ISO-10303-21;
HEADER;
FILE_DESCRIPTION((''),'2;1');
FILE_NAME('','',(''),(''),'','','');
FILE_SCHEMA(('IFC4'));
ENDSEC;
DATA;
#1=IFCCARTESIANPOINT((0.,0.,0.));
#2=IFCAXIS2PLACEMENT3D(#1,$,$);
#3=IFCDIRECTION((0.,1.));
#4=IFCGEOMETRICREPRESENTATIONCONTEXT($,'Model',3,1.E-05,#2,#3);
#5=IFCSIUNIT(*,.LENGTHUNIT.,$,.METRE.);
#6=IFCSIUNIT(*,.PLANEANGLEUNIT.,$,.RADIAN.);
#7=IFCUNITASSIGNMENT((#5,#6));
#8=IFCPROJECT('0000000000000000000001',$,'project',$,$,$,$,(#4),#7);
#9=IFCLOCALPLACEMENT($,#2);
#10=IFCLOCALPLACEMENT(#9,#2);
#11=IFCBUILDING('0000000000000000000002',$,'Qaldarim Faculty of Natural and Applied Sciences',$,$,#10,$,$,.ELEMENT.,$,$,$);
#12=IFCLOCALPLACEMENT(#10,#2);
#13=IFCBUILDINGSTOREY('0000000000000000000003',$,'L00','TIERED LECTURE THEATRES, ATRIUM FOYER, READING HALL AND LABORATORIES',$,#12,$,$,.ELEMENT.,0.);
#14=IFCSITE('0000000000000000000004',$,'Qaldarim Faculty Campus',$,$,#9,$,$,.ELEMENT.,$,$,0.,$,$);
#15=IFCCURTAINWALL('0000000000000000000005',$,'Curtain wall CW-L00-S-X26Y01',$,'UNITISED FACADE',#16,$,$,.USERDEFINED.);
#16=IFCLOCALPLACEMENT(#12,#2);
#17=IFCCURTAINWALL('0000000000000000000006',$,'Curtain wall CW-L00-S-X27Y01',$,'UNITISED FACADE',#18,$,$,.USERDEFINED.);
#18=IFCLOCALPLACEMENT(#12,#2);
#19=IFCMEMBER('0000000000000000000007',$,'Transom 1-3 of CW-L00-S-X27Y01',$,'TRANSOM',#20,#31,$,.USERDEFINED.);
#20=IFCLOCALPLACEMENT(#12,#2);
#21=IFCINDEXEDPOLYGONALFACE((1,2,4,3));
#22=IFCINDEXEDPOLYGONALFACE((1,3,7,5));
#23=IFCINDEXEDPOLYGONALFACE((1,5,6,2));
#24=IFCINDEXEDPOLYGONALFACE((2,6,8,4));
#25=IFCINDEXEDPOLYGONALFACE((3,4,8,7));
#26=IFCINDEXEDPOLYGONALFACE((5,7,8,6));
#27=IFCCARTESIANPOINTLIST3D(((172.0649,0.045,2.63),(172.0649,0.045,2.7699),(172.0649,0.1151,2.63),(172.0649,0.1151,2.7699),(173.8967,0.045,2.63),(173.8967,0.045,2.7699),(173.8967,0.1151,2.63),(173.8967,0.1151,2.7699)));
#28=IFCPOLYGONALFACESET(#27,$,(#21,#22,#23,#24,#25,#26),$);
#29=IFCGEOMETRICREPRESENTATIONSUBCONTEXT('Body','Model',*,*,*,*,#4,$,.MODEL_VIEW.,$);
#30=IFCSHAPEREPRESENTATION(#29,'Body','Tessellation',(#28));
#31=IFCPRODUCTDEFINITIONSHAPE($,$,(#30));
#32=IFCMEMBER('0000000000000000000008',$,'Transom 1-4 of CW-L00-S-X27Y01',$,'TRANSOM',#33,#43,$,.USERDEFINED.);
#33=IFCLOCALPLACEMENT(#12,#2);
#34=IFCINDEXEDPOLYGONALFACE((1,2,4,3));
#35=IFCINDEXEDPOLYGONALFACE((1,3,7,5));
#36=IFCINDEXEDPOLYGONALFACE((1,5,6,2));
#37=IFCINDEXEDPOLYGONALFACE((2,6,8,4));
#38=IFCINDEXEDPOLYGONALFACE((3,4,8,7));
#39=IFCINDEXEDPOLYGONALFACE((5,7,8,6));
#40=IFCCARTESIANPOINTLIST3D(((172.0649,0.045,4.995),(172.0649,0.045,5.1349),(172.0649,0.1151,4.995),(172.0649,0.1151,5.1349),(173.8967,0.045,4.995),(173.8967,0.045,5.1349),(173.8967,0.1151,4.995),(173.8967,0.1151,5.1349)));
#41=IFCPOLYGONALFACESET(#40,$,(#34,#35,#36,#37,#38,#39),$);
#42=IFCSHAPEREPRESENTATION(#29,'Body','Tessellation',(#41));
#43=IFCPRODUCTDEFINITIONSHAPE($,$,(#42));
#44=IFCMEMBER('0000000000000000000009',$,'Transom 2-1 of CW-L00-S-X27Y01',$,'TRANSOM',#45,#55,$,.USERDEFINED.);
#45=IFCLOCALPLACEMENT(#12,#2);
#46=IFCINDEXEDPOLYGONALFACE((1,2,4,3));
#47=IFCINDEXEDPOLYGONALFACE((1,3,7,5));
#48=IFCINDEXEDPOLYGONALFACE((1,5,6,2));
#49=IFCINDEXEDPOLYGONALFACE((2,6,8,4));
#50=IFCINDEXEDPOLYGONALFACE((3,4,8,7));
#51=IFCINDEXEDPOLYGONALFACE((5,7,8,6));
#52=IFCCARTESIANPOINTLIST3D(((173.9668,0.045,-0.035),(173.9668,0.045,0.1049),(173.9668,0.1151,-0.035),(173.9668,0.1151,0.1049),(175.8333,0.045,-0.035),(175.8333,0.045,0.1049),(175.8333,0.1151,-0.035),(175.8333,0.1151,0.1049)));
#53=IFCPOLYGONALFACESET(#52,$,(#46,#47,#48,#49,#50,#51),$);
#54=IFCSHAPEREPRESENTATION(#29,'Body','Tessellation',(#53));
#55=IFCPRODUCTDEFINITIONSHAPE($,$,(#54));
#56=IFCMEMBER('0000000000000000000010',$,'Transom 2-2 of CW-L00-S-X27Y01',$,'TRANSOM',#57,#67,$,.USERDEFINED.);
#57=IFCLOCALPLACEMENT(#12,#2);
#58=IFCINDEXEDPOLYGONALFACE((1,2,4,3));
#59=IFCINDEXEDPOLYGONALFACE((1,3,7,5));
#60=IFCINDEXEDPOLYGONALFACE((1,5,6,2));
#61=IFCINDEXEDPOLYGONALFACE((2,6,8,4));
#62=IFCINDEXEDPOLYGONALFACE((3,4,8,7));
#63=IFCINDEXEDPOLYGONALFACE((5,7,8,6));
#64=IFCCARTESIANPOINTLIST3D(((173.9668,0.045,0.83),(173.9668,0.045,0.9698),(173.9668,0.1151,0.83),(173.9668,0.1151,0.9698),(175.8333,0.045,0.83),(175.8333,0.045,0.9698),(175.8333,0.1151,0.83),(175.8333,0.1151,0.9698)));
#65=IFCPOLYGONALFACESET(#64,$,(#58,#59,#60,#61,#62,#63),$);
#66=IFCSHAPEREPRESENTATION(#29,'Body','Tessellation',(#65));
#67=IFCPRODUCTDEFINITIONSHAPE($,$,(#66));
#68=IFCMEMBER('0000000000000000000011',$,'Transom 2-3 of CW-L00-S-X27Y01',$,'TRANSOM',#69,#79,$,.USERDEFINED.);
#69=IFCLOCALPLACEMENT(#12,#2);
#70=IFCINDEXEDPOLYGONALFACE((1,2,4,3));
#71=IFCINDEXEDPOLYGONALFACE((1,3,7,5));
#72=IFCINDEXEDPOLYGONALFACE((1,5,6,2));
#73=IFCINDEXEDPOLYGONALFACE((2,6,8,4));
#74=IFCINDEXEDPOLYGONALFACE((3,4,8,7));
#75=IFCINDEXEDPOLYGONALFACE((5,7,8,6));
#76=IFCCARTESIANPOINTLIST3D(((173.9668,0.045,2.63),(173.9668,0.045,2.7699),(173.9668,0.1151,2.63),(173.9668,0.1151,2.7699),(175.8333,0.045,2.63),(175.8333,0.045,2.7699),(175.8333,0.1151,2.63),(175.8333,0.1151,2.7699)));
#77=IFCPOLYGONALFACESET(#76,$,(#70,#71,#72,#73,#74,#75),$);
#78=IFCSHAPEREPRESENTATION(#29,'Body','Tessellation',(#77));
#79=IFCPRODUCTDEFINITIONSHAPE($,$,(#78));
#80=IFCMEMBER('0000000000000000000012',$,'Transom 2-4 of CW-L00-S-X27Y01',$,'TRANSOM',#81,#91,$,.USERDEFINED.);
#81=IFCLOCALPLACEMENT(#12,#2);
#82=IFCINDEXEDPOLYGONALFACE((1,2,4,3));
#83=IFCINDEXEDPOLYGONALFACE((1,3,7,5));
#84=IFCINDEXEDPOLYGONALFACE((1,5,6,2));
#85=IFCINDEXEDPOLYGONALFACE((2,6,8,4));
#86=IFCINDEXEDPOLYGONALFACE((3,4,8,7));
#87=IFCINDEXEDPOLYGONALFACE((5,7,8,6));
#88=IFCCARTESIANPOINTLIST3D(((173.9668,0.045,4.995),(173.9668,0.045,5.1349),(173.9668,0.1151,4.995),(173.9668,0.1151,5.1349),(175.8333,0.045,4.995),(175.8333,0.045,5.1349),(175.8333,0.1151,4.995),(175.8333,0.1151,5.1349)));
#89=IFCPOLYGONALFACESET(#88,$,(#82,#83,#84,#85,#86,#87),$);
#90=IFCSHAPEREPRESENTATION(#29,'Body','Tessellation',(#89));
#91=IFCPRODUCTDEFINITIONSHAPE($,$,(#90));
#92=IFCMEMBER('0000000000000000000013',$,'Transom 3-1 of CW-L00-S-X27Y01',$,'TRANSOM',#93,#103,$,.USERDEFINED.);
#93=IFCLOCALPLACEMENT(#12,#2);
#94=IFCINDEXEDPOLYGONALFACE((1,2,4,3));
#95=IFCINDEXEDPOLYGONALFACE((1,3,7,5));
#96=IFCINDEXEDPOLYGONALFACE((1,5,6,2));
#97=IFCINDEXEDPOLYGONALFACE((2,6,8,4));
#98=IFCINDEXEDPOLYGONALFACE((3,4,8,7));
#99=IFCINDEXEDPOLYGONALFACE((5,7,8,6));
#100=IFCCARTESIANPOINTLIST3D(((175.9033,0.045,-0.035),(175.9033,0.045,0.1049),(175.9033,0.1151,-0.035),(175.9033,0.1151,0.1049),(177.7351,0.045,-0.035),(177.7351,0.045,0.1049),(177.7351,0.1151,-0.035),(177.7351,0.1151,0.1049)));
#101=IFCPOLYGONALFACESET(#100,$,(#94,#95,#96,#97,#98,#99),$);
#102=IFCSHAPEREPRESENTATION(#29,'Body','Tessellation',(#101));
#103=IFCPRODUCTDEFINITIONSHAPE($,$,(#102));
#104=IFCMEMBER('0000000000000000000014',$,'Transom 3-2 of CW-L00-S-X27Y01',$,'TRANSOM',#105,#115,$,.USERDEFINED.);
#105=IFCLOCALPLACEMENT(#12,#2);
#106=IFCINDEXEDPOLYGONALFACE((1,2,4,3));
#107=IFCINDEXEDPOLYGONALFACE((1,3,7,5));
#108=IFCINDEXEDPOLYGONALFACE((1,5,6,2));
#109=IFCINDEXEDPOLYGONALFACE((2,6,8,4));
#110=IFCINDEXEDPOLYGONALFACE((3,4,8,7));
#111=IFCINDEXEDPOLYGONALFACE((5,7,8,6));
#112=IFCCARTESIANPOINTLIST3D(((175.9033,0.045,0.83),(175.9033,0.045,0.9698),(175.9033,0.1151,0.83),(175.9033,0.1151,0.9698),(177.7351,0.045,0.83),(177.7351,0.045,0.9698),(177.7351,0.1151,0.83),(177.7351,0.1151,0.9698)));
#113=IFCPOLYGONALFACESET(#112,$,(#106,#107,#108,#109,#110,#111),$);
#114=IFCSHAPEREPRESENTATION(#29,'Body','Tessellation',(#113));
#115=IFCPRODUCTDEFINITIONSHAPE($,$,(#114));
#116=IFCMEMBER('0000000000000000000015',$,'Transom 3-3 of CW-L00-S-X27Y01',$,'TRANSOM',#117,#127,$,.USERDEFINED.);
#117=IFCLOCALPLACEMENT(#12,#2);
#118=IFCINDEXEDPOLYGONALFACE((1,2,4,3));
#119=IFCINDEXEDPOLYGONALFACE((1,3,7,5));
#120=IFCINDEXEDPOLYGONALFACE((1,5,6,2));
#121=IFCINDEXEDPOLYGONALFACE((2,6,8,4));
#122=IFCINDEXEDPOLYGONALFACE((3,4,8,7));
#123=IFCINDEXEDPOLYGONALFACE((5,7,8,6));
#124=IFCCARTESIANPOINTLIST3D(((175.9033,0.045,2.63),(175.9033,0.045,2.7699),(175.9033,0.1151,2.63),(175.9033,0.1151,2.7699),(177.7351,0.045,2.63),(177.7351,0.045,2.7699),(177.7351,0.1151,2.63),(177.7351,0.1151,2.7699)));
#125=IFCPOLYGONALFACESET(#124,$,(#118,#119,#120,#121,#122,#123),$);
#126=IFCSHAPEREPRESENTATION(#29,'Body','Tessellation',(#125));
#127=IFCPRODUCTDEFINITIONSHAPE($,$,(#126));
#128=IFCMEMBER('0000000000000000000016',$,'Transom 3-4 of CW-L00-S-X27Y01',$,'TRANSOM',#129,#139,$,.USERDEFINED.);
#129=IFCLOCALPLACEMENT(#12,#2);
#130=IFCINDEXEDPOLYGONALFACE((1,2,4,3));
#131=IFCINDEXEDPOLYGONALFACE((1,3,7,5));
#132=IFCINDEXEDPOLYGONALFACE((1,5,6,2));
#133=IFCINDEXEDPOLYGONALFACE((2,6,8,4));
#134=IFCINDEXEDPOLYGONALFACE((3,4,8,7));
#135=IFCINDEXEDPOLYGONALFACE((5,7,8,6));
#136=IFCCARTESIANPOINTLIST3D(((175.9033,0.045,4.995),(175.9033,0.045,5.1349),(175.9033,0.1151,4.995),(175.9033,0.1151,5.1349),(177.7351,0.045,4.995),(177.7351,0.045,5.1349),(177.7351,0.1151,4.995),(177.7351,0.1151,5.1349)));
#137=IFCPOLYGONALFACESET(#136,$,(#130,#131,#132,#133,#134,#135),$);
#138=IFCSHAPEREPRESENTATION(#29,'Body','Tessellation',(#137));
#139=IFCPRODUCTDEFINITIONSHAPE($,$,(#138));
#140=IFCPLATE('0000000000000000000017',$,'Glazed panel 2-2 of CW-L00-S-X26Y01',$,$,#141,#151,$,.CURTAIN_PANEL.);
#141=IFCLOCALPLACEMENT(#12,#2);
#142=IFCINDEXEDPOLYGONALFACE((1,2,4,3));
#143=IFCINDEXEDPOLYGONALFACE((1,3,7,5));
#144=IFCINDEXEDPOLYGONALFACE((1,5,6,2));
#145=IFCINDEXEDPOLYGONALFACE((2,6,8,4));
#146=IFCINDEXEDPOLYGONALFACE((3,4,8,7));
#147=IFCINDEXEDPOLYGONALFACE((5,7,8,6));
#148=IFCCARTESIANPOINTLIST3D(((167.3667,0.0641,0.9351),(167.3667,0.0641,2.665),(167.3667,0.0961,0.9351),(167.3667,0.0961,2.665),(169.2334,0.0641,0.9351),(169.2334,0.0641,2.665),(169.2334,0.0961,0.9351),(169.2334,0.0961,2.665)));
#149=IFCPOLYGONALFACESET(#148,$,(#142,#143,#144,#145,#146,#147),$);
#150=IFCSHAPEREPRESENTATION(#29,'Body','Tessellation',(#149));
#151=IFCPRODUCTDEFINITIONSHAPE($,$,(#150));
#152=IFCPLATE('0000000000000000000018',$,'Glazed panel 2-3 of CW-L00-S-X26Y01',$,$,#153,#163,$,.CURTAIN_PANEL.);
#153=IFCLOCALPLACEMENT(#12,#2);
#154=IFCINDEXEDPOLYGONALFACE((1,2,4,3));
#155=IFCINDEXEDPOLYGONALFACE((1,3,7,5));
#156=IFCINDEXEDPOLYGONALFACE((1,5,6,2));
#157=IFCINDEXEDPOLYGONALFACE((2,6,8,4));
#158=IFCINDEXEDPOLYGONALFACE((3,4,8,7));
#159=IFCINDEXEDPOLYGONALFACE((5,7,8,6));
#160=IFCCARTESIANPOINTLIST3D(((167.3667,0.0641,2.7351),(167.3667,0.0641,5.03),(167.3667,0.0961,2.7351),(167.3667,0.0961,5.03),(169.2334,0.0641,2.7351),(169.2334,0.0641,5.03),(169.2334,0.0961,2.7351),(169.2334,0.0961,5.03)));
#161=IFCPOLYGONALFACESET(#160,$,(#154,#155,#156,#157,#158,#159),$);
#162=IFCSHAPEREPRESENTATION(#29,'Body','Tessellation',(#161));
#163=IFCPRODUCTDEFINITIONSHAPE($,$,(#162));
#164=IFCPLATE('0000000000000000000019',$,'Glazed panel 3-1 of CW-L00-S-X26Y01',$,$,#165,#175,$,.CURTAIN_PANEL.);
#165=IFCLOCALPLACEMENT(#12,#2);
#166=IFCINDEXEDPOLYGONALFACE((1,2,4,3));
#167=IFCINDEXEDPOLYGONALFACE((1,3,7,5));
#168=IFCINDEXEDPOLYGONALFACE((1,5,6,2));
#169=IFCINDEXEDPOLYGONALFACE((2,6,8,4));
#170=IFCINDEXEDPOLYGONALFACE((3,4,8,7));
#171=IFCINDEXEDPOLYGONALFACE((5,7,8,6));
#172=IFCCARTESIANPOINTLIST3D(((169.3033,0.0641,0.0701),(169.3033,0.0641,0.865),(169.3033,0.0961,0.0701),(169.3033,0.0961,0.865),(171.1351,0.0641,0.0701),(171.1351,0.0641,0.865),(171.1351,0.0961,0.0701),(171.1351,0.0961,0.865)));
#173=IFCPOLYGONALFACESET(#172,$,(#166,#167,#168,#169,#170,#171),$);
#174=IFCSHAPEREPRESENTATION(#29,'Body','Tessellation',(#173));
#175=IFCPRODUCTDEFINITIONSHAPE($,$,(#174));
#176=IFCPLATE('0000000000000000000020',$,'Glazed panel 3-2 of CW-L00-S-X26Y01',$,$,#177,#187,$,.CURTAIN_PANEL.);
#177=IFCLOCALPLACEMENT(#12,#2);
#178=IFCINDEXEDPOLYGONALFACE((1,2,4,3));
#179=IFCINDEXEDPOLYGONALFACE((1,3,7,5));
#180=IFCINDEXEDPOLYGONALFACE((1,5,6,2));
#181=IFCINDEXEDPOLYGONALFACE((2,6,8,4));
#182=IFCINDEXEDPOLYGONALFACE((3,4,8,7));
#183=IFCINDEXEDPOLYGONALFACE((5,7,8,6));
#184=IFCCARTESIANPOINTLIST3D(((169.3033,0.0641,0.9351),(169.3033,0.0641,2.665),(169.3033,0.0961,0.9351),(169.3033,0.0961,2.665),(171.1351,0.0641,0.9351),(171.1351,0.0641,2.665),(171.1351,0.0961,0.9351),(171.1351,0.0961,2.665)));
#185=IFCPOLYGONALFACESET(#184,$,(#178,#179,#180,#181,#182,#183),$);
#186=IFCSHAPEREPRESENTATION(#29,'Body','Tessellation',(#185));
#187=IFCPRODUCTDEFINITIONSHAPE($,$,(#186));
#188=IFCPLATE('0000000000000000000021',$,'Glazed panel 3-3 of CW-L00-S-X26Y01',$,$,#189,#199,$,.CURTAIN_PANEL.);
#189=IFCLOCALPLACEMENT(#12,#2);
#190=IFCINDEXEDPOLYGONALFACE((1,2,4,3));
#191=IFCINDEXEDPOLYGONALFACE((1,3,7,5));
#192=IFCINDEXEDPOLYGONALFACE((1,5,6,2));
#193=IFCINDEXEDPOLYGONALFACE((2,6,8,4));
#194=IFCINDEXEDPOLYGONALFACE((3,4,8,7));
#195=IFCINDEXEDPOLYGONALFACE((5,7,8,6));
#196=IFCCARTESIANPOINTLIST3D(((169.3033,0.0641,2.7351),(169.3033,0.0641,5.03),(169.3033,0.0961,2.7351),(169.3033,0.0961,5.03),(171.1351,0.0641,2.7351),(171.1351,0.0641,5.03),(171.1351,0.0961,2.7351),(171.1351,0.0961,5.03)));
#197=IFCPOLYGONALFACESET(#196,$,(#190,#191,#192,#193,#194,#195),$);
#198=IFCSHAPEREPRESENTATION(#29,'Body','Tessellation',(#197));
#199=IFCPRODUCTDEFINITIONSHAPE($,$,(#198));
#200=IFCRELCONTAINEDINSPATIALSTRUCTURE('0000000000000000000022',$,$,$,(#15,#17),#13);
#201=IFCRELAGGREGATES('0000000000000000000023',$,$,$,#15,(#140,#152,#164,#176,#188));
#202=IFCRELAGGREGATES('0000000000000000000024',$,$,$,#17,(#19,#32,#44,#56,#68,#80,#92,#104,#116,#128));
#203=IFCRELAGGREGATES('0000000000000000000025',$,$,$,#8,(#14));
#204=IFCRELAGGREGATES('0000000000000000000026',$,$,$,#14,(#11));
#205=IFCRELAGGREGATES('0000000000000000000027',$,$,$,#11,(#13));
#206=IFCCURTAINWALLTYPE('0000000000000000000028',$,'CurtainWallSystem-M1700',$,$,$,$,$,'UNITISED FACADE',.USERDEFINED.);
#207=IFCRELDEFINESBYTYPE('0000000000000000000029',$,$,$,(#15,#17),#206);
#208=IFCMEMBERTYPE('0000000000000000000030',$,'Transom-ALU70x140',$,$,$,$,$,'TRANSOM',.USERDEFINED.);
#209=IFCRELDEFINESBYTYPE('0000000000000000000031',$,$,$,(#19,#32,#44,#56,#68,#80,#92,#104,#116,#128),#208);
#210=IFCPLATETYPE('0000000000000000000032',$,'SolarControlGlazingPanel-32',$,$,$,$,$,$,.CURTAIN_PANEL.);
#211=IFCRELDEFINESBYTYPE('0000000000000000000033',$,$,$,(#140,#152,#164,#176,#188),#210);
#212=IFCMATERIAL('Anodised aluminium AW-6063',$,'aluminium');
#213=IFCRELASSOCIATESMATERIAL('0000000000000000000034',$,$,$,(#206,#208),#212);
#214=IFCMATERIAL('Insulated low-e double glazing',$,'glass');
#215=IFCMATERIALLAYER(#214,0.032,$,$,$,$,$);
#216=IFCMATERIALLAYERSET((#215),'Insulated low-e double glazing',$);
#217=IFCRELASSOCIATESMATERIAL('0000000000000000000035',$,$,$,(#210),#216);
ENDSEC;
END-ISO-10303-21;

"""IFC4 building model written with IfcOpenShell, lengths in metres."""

from ifc_helpers import new_model, si_unit, direction, frame, origin, origin_2d, place, context, subcontext, project, spatial, rectangle, extrude, material, layer, layer_set, material_profile, profile_set, type_object, element, aggregate, save


model = new_model("IFC4")

# Units and contexts
model_context = context("Model", 3, precision=1e-05, world=origin(), true_north=direction((0.0, 1.0)))
body_context = subcontext(model_context, "Body", "Model", "MODEL_VIEW")
ifc_project = project(units=[si_unit("LENGTHUNIT", "METRE"), si_unit("PLANEANGLEUNIT", "RADIAN")], contexts=[model_context])

# Site, building, storey
site_placement = place(None, origin())
site = spatial("IfcSite", under=ifc_project, at=site_placement, Name="Qaldarim Faculty Campus", CompositionType="ELEMENT", RefElevation=0.0)
building_placement = place(site_placement, origin())
building = spatial("IfcBuilding", under=site, at=building_placement, Name="Qaldarim Faculty of Natural and Applied Sciences", CompositionType="ELEMENT")
storey_placement = place(building_placement, origin())
storey = spatial("IfcBuildingStorey", under=building, at=storey_placement, Name="L00", Description="TIERED LECTURE THEATRES, ATRIUM FOYER, READING HALL AND LABORATORIES", CompositionType="ELEMENT", Elevation=0.0)

# Curtain walls
ifc_material_1 = material(Name="Anodised aluminium AW-6063", Category="aluminium")
curtain_wall_type = type_object("IfcCurtainWallType", Name="CurtainWallSystem-M1700", ElementType="UNITISED FACADE", PredefinedType="USERDEFINED", material=ifc_material_1)
curtain_wall_1_placement = place(storey_placement, origin())
curtain_wall_1 = element("IfcCurtainWall", 1, at=curtain_wall_1_placement, inside=storey, type_object=curtain_wall_type, Name="Curtain wall CW-L00-S-X26Y01", ObjectType="UNITISED FACADE", PredefinedType="USERDEFINED")
curtain_wall_2_placement = place(storey_placement, origin())
curtain_wall_2 = element("IfcCurtainWall", 2, at=curtain_wall_2_placement, inside=storey, type_object=curtain_wall_type, Name="Curtain wall CW-L00-S-X27Y01", ObjectType="UNITISED FACADE", PredefinedType="USERDEFINED")

# Members
ifc_material_profile_1 = material_profile(ifc_material_1, rectangle(XDim=0.0701, YDim=0.1399, at=origin_2d()), Name="ALU-T70x140")
ifc_profile_set_1 = profile_set([ifc_material_profile_1], Name="Anodised aluminium AW-6063")
member_type_1 = type_object("IfcMemberType", Name="Transom-ALU70x140", ElementType="TRANSOM", PredefinedType="USERDEFINED", material=ifc_profile_set_1)
member_1_placement = place(storey_placement, frame((172.0649, 0.0801, 2.7), z_axis=(1.0, 0.0, 0.0), x_axis=(0.0, 1.0, 0.0)))
member_1 = element("IfcMember", 3, at=member_1_placement, type_object=member_type_1, Name="Transom 1-3 of CW-L00-S-X27Y01", ObjectType="TRANSOM", PredefinedType="USERDEFINED", context=body_context, shape_type="SweptSolid", body=[
    extrude(rectangle(XDim=0.0701, YDim=0.1399, at=origin_2d()), origin(), (0.0, 0.0, 1.0), 1.8318),
])
member_2_placement = place(storey_placement, frame((172.0649, 0.0801, 5.0649), z_axis=(1.0, 0.0, 0.0), x_axis=(0.0, 1.0, 0.0)))
member_2 = element("IfcMember", 4, at=member_2_placement, type_object=member_type_1, Name="Transom 1-4 of CW-L00-S-X27Y01", ObjectType="TRANSOM", PredefinedType="USERDEFINED", context=body_context, shape_type="SweptSolid", body=[
    extrude(rectangle(XDim=0.0701, YDim=0.1399, at=origin_2d()), origin(), (0.0, 0.0, 1.0), 1.8318),
])
member_3_placement = place(storey_placement, frame((173.9668, 0.0801, 0.0349), z_axis=(1.0, 0.0, 0.0), x_axis=(0.0, 1.0, 0.0)))
member_3 = element("IfcMember", 5, at=member_3_placement, type_object=member_type_1, Name="Transom 2-1 of CW-L00-S-X27Y01", ObjectType="TRANSOM", PredefinedType="USERDEFINED", context=body_context, shape_type="SweptSolid", body=[
    extrude(rectangle(XDim=0.0701, YDim=0.1399, at=origin_2d()), origin(), (0.0, 0.0, 1.0), 1.8665),
])
member_4_placement = place(storey_placement, frame((173.9668, 0.0801, 0.8999), z_axis=(1.0, 0.0, 0.0), x_axis=(0.0, 1.0, 0.0)))
member_4 = element("IfcMember", 6, at=member_4_placement, type_object=member_type_1, Name="Transom 2-2 of CW-L00-S-X27Y01", ObjectType="TRANSOM", PredefinedType="USERDEFINED", context=body_context, shape_type="SweptSolid", body=[
    extrude(rectangle(XDim=0.0701, YDim=0.1399, at=origin_2d()), origin(), (0.0, 0.0, 1.0), 1.8665),
])
member_5_placement = place(storey_placement, frame((173.9668, 0.0801, 2.7), z_axis=(1.0, 0.0, 0.0), x_axis=(0.0, 1.0, 0.0)))
member_5 = element("IfcMember", 7, at=member_5_placement, type_object=member_type_1, Name="Transom 2-3 of CW-L00-S-X27Y01", ObjectType="TRANSOM", PredefinedType="USERDEFINED", context=body_context, shape_type="SweptSolid", body=[
    extrude(rectangle(XDim=0.0701, YDim=0.1399, at=origin_2d()), origin(), (0.0, 0.0, 1.0), 1.8665),
])
member_6_placement = place(storey_placement, frame((173.9668, 0.0801, 5.0649), z_axis=(1.0, 0.0, 0.0), x_axis=(0.0, 1.0, 0.0)))
member_6 = element("IfcMember", 8, at=member_6_placement, type_object=member_type_1, Name="Transom 2-4 of CW-L00-S-X27Y01", ObjectType="TRANSOM", PredefinedType="USERDEFINED", context=body_context, shape_type="SweptSolid", body=[
    extrude(rectangle(XDim=0.0701, YDim=0.1399, at=origin_2d()), origin(), (0.0, 0.0, 1.0), 1.8665),
])
member_7_placement = place(storey_placement, frame((175.9033, 0.0801, 0.0349), z_axis=(1.0, 0.0, 0.0), x_axis=(0.0, 1.0, 0.0)))
member_7 = element("IfcMember", 9, at=member_7_placement, type_object=member_type_1, Name="Transom 3-1 of CW-L00-S-X27Y01", ObjectType="TRANSOM", PredefinedType="USERDEFINED", context=body_context, shape_type="SweptSolid", body=[
    extrude(rectangle(XDim=0.0701, YDim=0.1399, at=origin_2d()), origin(), (0.0, 0.0, 1.0), 1.8318),
])
member_8_placement = place(storey_placement, frame((175.9033, 0.0801, 0.8999), z_axis=(1.0, 0.0, 0.0), x_axis=(0.0, 1.0, 0.0)))
member_8 = element("IfcMember", 10, at=member_8_placement, type_object=member_type_1, Name="Transom 3-2 of CW-L00-S-X27Y01", ObjectType="TRANSOM", PredefinedType="USERDEFINED", context=body_context, shape_type="SweptSolid", body=[
    extrude(rectangle(XDim=0.0701, YDim=0.1399, at=origin_2d()), origin(), (0.0, 0.0, 1.0), 1.8318),
])
member_9_placement = place(storey_placement, frame((175.9033, 0.0801, 2.7), z_axis=(1.0, 0.0, 0.0), x_axis=(0.0, 1.0, 0.0)))
member_9 = element("IfcMember", 11, at=member_9_placement, type_object=member_type_1, Name="Transom 3-3 of CW-L00-S-X27Y01", ObjectType="TRANSOM", PredefinedType="USERDEFINED", context=body_context, shape_type="SweptSolid", body=[
    extrude(rectangle(XDim=0.0701, YDim=0.1399, at=origin_2d()), origin(), (0.0, 0.0, 1.0), 1.8318),
])
member_10_placement = place(storey_placement, frame((175.9033, 0.0801, 5.0649), z_axis=(1.0, 0.0, 0.0), x_axis=(0.0, 1.0, 0.0)))
member_10 = element("IfcMember", 12, at=member_10_placement, type_object=member_type_1, Name="Transom 3-4 of CW-L00-S-X27Y01", ObjectType="TRANSOM", PredefinedType="USERDEFINED", context=body_context, shape_type="SweptSolid", body=[
    extrude(rectangle(XDim=0.0701, YDim=0.1399, at=origin_2d()), origin(), (0.0, 0.0, 1.0), 1.8318),
])

# Plates
ifc_material_2 = material(Name="Insulated low-e double glazing", Category="glass")
ifc_layer = layer(ifc_material_2, 0.032)
ifc_layer_set = layer_set([ifc_layer], Name="Insulated low-e double glazing")
plate_type = type_object("IfcPlateType", Name="SolarControlGlazingPanel-32", PredefinedType="CURTAIN_PANEL", material=ifc_layer_set)
plate_1_placement = place(storey_placement, frame((168.3, 0.0801, 0.9351), z_axis=(0.0, 0.0, 1.0), x_axis=(1.0, 0.0, 0.0)))
plate_1 = element("IfcPlate", 13, at=plate_1_placement, type_object=plate_type, Name="Glazed panel 2-2 of CW-L00-S-X26Y01", PredefinedType="CURTAIN_PANEL", context=body_context, shape_type="SweptSolid", body=[
    extrude(rectangle(XDim=1.8667, YDim=0.032, at=origin_2d()), origin(), (0.0, 0.0, 1.0), 1.73),
])
plate_2_placement = place(storey_placement, frame((168.3, 0.0801, 2.7351), z_axis=(0.0, 0.0, 1.0), x_axis=(1.0, 0.0, 0.0)))
plate_2 = element("IfcPlate", 14, at=plate_2_placement, type_object=plate_type, Name="Glazed panel 2-3 of CW-L00-S-X26Y01", PredefinedType="CURTAIN_PANEL", context=body_context, shape_type="SweptSolid", body=[
    extrude(rectangle(XDim=1.8667, YDim=0.032, at=origin_2d()), origin(), (0.0, 0.0, 1.0), 2.2949),
])
plate_3_placement = place(storey_placement, frame((170.2192, 0.0801, 0.0701), z_axis=(0.0, 0.0, 1.0), x_axis=(1.0, 0.0, 0.0)))
plate_3 = element("IfcPlate", 15, at=plate_3_placement, type_object=plate_type, Name="Glazed panel 3-1 of CW-L00-S-X26Y01", PredefinedType="CURTAIN_PANEL", context=body_context, shape_type="SweptSolid", body=[
    extrude(rectangle(XDim=1.8318, YDim=0.032, at=origin_2d()), origin(), (0.0, 0.0, 1.0), 0.7949),
])
plate_4_placement = place(storey_placement, frame((170.2192, 0.0801, 0.9351), z_axis=(0.0, 0.0, 1.0), x_axis=(1.0, 0.0, 0.0)))
plate_4 = element("IfcPlate", 16, at=plate_4_placement, type_object=plate_type, Name="Glazed panel 3-2 of CW-L00-S-X26Y01", PredefinedType="CURTAIN_PANEL", context=body_context, shape_type="SweptSolid", body=[
    extrude(rectangle(XDim=1.8318, YDim=0.032, at=origin_2d()), origin(), (0.0, 0.0, 1.0), 1.73),
])
plate_5_placement = place(storey_placement, frame((170.2192, 0.0801, 2.7351), z_axis=(0.0, 0.0, 1.0), x_axis=(1.0, 0.0, 0.0)))
plate_5 = element("IfcPlate", 17, at=plate_5_placement, type_object=plate_type, Name="Glazed panel 3-3 of CW-L00-S-X26Y01", PredefinedType="CURTAIN_PANEL", context=body_context, shape_type="SweptSolid", body=[
    extrude(rectangle(XDim=1.8318, YDim=0.032, at=origin_2d()), origin(), (0.0, 0.0, 1.0), 2.2949),
])
aggregate(curtain_wall_1, [plate_1, plate_2, plate_3, plate_4, plate_5])
aggregate(curtain_wall_2, [member_1, member_2, member_3, member_4, member_5, member_6, member_7, member_8, member_9, member_10])

save(model, "model.ifc")
